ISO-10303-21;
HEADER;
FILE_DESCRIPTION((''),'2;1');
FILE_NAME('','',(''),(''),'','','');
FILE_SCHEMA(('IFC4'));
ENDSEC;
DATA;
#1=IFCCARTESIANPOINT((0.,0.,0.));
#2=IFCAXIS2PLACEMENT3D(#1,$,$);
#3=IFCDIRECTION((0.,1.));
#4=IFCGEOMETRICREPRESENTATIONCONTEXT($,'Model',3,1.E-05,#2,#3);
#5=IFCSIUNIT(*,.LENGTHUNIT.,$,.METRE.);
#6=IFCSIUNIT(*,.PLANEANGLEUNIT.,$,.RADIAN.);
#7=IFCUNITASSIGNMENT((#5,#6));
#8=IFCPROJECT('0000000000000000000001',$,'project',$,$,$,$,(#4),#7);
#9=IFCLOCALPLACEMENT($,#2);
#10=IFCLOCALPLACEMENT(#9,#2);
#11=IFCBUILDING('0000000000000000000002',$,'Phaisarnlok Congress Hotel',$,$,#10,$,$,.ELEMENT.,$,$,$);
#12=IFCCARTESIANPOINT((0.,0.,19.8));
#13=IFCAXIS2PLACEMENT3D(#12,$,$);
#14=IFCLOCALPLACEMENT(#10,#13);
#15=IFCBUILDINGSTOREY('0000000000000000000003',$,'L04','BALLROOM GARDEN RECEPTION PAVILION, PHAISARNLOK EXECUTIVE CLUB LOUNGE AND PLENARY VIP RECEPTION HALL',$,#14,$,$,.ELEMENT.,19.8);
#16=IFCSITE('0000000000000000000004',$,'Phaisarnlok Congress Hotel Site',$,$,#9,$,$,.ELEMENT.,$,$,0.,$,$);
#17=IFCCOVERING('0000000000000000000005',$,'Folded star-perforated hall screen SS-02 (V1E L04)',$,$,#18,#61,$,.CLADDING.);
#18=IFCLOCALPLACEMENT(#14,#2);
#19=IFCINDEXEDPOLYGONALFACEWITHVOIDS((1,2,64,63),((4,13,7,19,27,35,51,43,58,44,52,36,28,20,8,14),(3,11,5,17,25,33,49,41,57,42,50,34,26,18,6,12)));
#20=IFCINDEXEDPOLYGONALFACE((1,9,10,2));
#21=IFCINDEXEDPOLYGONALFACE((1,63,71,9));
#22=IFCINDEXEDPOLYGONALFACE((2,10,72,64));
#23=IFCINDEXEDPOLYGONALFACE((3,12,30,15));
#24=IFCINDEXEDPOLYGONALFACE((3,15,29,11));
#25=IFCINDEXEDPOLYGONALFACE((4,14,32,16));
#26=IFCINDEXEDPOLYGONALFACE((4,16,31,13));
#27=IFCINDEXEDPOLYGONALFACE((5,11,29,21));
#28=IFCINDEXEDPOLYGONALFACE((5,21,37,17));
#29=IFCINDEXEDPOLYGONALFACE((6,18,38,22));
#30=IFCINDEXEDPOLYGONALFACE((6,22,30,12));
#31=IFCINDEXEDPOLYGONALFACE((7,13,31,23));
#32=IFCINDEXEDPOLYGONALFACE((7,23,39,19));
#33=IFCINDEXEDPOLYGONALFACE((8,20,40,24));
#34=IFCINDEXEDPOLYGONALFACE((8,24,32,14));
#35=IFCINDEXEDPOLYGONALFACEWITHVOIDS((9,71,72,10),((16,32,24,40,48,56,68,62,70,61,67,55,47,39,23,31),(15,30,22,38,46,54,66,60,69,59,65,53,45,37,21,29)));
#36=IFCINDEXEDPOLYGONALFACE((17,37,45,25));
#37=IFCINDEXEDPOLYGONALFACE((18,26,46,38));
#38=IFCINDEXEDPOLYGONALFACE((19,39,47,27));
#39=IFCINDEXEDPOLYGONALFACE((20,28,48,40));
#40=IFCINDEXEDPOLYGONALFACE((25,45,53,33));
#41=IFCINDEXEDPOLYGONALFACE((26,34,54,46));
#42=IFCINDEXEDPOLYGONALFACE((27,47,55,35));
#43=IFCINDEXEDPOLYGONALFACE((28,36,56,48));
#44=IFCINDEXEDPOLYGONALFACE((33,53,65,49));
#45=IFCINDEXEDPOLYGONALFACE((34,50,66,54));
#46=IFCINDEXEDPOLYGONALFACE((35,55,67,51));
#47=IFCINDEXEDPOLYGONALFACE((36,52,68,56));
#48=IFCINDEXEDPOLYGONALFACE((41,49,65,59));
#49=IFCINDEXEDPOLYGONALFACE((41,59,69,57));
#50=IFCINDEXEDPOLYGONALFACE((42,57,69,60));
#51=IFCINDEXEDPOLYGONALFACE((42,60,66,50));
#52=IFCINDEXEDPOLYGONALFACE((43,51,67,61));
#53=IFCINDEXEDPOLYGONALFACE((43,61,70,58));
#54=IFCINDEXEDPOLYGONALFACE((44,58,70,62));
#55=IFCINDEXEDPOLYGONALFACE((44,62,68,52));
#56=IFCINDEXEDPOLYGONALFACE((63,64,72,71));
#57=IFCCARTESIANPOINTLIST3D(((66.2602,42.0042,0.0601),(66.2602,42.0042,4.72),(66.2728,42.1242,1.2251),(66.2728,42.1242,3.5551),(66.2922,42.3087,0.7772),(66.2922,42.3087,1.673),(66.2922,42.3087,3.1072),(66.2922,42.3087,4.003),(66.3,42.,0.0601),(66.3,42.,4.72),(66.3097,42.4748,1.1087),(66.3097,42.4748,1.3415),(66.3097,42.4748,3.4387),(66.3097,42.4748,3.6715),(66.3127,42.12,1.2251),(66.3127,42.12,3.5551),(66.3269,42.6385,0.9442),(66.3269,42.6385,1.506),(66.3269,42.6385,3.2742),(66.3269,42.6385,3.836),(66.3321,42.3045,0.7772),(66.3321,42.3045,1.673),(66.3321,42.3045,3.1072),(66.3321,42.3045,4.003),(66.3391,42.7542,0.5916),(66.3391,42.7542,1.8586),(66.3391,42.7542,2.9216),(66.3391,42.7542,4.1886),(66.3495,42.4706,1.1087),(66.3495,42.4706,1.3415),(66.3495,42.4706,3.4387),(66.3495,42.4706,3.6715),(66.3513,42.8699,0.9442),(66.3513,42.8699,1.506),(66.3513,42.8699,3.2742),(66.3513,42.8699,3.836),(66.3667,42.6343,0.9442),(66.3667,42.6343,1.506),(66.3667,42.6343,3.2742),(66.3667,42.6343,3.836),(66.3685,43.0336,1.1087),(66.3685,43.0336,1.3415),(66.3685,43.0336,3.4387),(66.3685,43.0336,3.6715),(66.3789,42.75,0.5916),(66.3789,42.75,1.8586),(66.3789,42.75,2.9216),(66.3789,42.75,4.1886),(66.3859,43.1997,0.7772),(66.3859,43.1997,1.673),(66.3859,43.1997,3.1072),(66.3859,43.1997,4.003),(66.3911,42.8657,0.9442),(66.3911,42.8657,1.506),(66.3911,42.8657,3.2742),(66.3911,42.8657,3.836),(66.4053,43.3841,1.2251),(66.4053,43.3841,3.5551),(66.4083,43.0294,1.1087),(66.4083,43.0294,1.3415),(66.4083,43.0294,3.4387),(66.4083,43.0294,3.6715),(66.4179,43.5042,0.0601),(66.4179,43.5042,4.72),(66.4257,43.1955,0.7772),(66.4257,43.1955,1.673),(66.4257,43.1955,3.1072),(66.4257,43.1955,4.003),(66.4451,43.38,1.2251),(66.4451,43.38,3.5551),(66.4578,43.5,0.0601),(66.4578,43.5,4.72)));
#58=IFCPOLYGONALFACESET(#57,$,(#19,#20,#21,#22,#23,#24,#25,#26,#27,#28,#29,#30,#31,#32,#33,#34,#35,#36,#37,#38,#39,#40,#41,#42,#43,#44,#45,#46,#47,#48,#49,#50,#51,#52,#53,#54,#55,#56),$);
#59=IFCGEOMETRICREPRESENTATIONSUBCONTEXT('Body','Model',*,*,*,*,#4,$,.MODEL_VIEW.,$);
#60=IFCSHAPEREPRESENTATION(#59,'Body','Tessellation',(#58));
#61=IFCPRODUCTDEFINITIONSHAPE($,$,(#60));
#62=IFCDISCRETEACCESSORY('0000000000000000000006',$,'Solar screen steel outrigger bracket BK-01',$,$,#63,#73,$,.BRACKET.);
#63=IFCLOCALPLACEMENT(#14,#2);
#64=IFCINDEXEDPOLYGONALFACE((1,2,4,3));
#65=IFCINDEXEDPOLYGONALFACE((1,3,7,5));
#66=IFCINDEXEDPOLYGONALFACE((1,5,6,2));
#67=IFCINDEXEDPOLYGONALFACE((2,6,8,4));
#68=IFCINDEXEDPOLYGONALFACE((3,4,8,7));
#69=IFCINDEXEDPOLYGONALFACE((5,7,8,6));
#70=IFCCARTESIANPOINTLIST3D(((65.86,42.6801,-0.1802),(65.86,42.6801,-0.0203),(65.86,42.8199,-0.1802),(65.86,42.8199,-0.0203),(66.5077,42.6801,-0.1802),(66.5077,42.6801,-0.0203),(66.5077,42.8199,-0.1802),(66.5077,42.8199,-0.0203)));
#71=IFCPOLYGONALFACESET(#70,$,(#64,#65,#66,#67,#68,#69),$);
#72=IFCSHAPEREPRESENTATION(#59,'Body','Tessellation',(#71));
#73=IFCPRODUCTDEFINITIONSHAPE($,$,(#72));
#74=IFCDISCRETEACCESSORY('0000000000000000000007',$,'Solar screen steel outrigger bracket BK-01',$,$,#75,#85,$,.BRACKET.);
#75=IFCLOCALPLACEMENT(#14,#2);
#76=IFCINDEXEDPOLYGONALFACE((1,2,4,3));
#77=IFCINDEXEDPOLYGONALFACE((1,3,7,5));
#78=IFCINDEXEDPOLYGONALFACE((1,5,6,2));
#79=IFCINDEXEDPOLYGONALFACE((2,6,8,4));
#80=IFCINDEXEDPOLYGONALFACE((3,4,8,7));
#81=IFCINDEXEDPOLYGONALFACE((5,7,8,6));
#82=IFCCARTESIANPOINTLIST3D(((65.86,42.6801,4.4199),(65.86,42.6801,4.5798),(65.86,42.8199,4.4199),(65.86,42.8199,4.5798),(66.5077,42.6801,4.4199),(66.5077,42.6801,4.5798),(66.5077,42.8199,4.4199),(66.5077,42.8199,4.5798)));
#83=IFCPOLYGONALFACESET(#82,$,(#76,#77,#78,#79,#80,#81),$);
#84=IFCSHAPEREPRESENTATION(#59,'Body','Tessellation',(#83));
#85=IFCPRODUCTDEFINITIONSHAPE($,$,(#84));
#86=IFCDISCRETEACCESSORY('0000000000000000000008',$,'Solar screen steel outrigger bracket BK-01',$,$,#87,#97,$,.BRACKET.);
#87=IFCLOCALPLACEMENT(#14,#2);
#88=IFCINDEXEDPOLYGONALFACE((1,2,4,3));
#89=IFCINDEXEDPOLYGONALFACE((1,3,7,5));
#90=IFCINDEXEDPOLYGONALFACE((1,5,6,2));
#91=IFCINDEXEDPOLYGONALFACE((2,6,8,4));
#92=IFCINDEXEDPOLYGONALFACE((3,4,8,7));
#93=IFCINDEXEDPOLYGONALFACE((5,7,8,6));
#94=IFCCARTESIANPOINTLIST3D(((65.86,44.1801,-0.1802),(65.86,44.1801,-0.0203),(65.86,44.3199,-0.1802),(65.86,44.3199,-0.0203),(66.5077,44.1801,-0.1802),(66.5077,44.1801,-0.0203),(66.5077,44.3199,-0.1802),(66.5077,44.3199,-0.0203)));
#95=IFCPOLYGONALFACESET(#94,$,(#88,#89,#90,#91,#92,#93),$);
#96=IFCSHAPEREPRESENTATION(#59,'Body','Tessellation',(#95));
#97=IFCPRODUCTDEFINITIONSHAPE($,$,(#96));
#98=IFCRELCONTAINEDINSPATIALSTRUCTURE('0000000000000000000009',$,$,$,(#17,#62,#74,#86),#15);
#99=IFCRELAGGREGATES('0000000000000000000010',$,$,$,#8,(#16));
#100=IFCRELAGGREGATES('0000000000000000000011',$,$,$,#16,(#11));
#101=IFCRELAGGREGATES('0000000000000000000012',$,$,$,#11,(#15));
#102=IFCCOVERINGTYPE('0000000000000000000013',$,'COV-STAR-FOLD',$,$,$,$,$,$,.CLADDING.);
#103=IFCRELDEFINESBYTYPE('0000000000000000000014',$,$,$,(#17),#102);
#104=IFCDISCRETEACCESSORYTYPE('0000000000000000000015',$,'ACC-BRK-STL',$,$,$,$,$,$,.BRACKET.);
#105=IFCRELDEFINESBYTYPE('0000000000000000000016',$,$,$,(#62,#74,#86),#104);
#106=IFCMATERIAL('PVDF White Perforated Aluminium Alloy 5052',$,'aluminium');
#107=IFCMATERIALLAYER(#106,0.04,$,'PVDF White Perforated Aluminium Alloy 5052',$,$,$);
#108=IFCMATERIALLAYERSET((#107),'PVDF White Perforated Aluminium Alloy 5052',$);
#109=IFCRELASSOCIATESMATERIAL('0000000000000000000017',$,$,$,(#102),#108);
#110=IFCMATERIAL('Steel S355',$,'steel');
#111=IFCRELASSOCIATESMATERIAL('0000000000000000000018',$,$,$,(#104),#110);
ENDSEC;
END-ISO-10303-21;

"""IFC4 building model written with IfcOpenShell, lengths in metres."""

from ifc_helpers import new_model, si_unit, direction, frame, origin, origin_2d, place, context, subcontext, project, spatial, polyline, rectangle, outline, extrude, material, layer, layer_set, type_object, element, save


model = new_model("IFC4")

# Units and contexts
model_context = context("Model", 3, precision=1e-05, world=origin(), true_north=direction((0.0, 1.0)))
body_context = subcontext(model_context, "Body", "Model", "MODEL_VIEW")
ifc_project = project(units=[si_unit("LENGTHUNIT", "METRE"), si_unit("PLANEANGLEUNIT", "RADIAN")], contexts=[model_context])

# Site, building, storey
site_placement = place(None, origin())
site = spatial("IfcSite", under=ifc_project, at=site_placement, Name="Phaisarnlok Congress Hotel Site", CompositionType="ELEMENT", RefElevation=0.0)
building_placement = place(site_placement, origin())
building = spatial("IfcBuilding", under=site, at=building_placement, Name="Phaisarnlok Congress Hotel", CompositionType="ELEMENT")
storey_placement = place(building_placement, frame((0.0, 0.0, 19.8)))
storey = spatial("IfcBuildingStorey", under=building, at=storey_placement, Name="L04", Description="BALLROOM GARDEN RECEPTION PAVILION, PHAISARNLOK EXECUTIVE CLUB LOUNGE AND PLENARY VIP RECEPTION HALL", CompositionType="ELEMENT", Elevation=19.8)

# Shared definitions
ifc_material_1 = material(Name="Steel S355", Category="steel")

# Covering
ifc_material_2 = material(Name="PVDF White Perforated Aluminium Alloy 5052", Category="aluminium")
ifc_layer_1 = layer(ifc_material_2, 0.04, Name="PVDF White Perforated Aluminium Alloy 5052")
ifc_layer_set_1 = layer_set([ifc_layer_1], Name="PVDF White Perforated Aluminium Alloy 5052")
covering_type = type_object("IfcCoveringType", Name="COV-STAR-FOLD", PredefinedType="CLADDING", material=ifc_layer_set_1)
covering_placement = place(storey_placement, frame((66.4578, 43.5, 0.0601), z_axis=(-0.994518, 0.104567, 0.0), x_axis=(-0.104567, -0.994518, 0.0)))
element("IfcCovering", 1, at=covering_placement, inside=storey, type_object=covering_type, Name="Folded star-perforated hall screen SS-02 (V1E L04)", PredefinedType="CLADDING", context=body_context, shape_type="SweptSolid", body=[
    extrude(outline(polyline([(0.0, 0.0), (1.5083, 0.0), (1.5083, 4.6599), (0.0, 4.6599), (0.0, 0.0)]), holes=[polyline([(1.0351, 1.0486), (1.2021, 0.7171), (0.8705, 0.8841), (0.7541, 0.5315), (0.6378, 0.8841), (0.3062, 0.7171), (0.4732, 1.0486), (0.1207, 1.165), (0.4732, 1.2814), (0.3062, 1.6129), (0.6378, 1.4459), (0.7541, 1.7985), (0.8705, 1.4459), (1.2021, 1.6129), (1.0351, 1.2814), (1.3876, 1.165), (1.0351, 1.0486)]), polyline([(1.0351, 3.3786), (1.2021, 3.0471), (0.8705, 3.2141), (0.7541, 2.8615), (0.6378, 3.2141), (0.3062, 3.0471), (0.4732, 3.3786), (0.1207, 3.495), (0.4732, 3.6114), (0.3062, 3.9429), (0.6378, 3.7759), (0.7541, 4.1285), (0.8705, 3.7759), (1.2021, 3.9429), (1.0351, 3.6114), (1.3876, 3.495), (1.0351, 3.3786)])]), origin(), (0.0, 0.0, 1.0), 0.04),
])

# Discrete accessories
discrete_accessory_type = type_object("IfcDiscreteAccessoryType", Name="ACC-BRK-STL", PredefinedType="BRACKET", material=ifc_material_1)
for number, where, z_axis, x_axis, name in (
    (2, (66.1838, 42.75, -0.1802), (0.0, 0.0, 1.0), (1.0, 0.0, 0.0), "Solar screen steel outrigger bracket BK-01"),
    (3, (66.1838, 42.75, 4.4199), (0.0, 0.0, 1.0), (1.0, 0.0, 0.0), "Solar screen steel outrigger bracket BK-01"),
    (4, (66.1838, 44.25, -0.1802), (0.0, 0.0, 1.0), (1.0, 0.0, 0.0), "Solar screen steel outrigger bracket BK-01"),
):
    element("IfcDiscreteAccessory", number, at=place(storey_placement, frame(where, z_axis=z_axis, x_axis=x_axis)), inside=storey, type_object=discrete_accessory_type, Name=name, PredefinedType="BRACKET", context=body_context, shape_type="SweptSolid", body=[
        extrude(rectangle(XDim=0.6477, YDim=0.1399, at=origin_2d()), origin(), (0.0, 0.0, 1.0), 0.1599),
    ])

save(model, "model.ifc")
